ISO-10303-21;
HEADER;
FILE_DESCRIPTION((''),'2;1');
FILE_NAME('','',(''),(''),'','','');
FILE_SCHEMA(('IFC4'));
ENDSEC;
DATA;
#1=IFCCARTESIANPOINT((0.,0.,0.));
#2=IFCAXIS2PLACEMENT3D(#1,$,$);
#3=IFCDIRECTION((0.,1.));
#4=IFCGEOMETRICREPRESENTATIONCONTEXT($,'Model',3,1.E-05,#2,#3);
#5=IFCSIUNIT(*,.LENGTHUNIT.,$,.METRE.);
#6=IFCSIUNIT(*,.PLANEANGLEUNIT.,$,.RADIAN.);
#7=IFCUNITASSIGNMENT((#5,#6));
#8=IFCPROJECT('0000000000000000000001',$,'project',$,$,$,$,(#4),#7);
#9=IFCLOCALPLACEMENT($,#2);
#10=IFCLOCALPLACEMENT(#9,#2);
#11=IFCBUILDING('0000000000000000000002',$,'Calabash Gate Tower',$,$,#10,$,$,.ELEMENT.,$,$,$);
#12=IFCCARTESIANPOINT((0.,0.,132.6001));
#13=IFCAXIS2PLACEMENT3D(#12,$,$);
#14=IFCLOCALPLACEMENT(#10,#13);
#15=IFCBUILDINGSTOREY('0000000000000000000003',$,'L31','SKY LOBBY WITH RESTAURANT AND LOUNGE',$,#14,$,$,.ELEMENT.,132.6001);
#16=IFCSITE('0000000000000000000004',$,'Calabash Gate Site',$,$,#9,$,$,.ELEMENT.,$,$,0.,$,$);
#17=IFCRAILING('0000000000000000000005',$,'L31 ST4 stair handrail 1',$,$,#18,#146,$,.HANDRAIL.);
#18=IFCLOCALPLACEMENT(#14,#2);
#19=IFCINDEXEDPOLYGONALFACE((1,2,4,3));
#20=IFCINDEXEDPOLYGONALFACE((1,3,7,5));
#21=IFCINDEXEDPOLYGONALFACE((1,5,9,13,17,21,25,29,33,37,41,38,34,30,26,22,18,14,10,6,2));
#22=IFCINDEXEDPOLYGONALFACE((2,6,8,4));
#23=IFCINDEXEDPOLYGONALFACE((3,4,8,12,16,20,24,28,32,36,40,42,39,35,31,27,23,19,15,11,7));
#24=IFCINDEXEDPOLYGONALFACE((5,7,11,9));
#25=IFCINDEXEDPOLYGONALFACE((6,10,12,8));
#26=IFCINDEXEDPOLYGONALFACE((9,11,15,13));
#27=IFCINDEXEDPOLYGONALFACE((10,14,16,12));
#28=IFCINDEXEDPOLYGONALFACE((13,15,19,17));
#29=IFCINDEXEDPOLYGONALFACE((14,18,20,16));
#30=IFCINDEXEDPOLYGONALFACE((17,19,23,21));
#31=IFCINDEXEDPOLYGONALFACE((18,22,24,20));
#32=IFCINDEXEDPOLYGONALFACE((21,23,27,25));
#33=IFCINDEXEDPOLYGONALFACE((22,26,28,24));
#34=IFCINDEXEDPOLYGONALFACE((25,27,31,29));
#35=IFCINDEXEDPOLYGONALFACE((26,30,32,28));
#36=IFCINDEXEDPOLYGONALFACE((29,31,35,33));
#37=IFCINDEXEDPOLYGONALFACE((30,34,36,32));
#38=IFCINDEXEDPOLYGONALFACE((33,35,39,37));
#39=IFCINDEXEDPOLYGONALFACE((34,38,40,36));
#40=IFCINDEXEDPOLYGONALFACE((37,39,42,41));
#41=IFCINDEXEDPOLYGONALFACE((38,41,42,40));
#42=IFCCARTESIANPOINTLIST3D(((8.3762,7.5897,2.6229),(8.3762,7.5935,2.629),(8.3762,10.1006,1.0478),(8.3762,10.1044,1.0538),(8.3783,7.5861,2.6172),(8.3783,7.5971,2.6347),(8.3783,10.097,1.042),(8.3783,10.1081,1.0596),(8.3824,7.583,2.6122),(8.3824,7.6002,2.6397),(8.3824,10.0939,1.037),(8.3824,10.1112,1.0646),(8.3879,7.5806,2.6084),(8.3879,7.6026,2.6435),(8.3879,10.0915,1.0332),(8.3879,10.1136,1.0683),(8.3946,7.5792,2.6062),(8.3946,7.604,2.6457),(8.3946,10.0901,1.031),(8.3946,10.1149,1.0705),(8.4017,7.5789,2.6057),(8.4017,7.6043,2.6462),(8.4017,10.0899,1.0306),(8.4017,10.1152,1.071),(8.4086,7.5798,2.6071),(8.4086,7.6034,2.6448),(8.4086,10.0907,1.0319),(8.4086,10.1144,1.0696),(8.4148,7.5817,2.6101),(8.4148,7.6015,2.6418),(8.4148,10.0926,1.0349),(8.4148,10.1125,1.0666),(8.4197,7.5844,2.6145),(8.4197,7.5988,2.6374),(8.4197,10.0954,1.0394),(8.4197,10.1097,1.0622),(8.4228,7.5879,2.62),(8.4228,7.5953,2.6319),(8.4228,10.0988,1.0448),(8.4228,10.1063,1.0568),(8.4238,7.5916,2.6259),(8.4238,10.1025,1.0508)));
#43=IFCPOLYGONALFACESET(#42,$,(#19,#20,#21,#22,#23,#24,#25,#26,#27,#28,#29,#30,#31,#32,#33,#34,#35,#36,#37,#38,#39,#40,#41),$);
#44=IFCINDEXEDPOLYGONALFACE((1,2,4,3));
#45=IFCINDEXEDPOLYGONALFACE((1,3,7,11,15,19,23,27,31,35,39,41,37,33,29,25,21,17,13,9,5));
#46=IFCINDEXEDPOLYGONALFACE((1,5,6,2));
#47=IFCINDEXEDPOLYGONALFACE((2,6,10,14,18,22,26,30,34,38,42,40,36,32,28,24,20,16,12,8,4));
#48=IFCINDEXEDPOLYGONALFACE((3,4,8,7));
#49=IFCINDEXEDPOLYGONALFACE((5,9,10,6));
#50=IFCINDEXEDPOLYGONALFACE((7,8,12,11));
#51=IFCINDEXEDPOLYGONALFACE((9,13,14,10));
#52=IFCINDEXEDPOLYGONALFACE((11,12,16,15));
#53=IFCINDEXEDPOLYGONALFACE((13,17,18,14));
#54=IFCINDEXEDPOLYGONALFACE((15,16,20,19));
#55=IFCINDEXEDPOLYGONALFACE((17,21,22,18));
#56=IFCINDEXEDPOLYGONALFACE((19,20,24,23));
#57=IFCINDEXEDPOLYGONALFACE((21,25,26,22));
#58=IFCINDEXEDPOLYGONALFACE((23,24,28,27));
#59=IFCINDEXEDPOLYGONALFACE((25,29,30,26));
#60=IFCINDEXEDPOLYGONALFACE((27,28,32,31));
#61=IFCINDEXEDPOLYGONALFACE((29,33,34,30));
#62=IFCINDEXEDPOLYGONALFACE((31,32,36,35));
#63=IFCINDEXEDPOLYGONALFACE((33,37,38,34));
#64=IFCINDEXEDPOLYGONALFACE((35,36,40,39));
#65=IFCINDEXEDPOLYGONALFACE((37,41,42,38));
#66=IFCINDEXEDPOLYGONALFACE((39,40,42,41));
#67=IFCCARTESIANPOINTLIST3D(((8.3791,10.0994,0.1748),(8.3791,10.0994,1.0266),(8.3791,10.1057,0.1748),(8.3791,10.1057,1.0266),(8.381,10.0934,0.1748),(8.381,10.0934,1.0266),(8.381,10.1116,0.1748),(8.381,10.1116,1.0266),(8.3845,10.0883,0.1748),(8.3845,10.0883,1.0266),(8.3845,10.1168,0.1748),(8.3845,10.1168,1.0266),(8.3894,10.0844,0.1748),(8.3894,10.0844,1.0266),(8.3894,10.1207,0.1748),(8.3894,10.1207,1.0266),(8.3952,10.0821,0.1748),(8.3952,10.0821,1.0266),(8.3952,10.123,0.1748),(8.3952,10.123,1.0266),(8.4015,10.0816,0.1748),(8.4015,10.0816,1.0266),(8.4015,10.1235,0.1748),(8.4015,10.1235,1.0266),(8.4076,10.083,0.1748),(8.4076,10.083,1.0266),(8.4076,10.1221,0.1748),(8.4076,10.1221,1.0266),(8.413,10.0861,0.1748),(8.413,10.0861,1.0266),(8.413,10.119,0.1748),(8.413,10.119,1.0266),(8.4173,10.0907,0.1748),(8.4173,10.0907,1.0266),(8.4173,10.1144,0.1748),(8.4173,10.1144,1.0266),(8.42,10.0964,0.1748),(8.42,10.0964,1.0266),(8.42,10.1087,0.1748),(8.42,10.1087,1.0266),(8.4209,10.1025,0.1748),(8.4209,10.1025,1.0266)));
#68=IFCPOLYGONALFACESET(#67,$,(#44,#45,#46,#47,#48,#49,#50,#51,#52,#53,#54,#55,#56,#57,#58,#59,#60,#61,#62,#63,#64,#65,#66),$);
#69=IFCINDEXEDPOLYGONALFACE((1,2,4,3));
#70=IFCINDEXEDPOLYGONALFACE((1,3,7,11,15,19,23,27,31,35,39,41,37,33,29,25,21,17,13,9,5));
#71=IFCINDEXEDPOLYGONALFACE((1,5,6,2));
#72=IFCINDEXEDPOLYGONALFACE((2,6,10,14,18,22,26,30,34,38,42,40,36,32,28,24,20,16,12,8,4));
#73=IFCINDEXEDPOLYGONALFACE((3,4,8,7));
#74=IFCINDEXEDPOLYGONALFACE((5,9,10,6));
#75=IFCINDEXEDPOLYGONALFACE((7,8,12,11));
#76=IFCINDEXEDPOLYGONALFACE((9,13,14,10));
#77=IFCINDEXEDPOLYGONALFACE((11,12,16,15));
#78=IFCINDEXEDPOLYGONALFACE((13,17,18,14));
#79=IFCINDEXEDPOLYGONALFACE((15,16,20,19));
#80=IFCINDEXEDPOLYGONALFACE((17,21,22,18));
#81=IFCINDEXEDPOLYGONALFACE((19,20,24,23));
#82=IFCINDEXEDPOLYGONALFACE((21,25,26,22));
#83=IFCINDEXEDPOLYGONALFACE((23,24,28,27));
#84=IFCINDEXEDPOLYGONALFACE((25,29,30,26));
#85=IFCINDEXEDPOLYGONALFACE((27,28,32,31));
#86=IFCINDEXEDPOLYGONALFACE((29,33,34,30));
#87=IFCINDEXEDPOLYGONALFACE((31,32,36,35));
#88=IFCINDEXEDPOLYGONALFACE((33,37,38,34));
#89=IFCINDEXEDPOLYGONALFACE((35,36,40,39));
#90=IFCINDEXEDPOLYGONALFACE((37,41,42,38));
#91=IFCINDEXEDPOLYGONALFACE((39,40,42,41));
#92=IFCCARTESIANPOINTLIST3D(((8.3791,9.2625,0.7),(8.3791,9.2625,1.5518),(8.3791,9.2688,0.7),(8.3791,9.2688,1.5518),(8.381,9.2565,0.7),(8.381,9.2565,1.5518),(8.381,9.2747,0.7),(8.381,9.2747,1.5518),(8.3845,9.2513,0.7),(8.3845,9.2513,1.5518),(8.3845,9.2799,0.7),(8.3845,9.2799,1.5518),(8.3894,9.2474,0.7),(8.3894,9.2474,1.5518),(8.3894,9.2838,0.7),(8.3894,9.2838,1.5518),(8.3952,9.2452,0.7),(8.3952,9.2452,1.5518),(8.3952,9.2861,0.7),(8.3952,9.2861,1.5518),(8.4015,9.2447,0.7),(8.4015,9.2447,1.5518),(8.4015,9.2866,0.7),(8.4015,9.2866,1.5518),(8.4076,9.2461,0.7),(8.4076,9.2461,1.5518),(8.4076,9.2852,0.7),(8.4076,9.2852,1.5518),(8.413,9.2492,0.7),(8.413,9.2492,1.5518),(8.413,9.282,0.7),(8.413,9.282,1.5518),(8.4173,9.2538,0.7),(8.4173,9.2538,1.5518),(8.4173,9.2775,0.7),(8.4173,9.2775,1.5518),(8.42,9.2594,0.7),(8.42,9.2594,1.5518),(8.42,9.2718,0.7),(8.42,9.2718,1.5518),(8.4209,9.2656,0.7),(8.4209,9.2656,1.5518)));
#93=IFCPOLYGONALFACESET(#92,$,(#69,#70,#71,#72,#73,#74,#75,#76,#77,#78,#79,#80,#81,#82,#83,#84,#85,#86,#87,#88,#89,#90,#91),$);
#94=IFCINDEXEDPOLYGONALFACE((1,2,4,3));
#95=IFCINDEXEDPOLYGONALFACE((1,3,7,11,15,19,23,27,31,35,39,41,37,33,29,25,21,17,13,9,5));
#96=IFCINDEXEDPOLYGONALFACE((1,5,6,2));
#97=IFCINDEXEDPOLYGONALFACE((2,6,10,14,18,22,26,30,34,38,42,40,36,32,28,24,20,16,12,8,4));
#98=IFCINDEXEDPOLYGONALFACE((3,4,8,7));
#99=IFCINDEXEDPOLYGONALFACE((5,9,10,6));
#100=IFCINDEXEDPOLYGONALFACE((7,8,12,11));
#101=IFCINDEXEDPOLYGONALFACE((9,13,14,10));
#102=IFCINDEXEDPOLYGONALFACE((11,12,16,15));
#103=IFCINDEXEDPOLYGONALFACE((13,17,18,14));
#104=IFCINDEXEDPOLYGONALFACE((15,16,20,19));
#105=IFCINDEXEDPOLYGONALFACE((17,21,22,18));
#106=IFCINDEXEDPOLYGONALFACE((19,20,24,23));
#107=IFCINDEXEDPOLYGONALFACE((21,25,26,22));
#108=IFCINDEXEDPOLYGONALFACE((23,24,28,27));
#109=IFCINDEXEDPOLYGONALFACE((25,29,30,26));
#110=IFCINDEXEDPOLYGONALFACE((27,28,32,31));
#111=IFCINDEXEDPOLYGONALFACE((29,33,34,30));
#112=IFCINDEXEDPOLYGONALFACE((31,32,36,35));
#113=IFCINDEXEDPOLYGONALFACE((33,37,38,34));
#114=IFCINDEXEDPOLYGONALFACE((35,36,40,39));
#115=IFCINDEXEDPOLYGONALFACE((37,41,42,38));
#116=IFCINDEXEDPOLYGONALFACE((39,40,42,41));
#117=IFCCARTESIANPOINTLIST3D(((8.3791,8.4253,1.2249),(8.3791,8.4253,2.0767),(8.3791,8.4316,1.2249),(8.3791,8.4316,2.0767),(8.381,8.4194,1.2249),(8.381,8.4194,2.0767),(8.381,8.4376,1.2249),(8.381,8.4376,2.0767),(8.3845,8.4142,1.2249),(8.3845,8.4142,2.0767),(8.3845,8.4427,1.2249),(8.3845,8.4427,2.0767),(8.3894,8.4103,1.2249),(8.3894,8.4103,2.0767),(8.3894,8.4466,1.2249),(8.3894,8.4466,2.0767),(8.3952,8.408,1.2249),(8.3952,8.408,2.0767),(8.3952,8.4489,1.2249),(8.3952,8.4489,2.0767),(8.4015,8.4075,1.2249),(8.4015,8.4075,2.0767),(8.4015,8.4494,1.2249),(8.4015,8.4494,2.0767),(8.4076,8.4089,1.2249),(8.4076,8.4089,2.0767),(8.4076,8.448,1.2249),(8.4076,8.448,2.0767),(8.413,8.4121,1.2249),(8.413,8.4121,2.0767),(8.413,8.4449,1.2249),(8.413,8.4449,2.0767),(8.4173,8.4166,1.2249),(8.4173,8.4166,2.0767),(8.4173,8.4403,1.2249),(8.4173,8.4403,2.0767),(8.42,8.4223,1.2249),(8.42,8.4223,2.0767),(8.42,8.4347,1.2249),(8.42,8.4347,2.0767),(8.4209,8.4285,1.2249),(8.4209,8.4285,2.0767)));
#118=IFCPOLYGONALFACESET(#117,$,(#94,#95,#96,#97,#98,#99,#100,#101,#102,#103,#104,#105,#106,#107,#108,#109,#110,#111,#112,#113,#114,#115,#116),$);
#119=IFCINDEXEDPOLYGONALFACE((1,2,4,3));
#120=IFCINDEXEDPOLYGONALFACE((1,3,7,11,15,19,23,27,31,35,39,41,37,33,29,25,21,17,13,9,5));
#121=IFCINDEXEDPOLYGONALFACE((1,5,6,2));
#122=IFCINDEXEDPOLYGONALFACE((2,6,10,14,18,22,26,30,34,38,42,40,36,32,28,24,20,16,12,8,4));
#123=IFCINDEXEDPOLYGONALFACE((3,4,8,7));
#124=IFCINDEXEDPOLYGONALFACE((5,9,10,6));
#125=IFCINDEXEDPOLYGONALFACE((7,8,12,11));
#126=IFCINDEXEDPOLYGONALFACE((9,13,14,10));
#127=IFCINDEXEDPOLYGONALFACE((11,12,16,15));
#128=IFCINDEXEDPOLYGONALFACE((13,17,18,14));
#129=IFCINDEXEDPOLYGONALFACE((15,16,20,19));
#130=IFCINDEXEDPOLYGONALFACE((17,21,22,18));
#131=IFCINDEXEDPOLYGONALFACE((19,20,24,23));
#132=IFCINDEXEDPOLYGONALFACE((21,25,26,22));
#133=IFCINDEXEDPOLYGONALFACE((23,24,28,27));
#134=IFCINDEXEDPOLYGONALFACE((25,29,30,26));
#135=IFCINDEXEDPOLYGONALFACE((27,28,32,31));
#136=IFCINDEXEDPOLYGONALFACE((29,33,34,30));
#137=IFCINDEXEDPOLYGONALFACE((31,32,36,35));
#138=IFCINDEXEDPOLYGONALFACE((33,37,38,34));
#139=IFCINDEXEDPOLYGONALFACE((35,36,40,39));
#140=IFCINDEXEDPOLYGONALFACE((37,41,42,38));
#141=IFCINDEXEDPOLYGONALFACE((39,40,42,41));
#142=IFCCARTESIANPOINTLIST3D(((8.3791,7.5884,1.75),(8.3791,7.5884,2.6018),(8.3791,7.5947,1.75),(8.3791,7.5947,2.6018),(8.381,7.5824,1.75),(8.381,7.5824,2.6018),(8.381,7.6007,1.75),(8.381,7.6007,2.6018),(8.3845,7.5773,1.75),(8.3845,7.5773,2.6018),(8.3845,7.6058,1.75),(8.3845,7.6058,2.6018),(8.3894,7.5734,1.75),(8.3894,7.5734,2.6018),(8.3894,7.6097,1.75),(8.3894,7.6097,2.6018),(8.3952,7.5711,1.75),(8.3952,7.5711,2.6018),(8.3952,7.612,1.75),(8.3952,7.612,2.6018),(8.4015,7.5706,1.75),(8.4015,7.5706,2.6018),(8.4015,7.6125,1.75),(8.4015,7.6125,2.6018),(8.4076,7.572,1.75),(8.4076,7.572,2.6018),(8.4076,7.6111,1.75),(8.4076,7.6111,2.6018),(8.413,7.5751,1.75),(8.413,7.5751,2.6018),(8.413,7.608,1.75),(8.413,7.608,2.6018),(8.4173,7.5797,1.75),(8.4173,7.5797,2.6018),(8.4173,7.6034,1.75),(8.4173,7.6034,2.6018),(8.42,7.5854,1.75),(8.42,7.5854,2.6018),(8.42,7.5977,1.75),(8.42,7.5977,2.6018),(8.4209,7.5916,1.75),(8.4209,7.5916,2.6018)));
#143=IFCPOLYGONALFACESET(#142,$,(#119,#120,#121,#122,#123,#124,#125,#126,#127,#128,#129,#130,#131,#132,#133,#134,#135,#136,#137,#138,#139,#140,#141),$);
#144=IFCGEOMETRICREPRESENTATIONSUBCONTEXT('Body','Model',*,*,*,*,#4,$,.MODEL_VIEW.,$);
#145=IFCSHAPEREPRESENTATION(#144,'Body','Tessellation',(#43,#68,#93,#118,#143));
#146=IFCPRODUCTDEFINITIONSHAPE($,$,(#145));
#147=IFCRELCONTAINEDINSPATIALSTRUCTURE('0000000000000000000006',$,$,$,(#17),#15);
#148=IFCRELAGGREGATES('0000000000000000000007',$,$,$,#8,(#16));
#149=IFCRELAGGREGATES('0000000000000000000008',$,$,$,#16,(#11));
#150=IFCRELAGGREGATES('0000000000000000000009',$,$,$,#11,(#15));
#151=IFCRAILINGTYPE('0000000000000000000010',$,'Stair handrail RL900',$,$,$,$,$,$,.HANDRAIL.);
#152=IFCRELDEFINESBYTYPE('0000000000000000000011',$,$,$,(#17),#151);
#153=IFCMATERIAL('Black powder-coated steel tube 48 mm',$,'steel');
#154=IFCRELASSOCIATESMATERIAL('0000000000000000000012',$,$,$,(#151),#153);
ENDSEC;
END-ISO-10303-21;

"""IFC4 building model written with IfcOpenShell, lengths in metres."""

from ifc_helpers import new_model, si_unit, direction, frame, origin, origin_2d, place, context, subcontext, project, spatial, circle, extrude, material, type_object, element, save


model = new_model("IFC4")

# Units and contexts
model_context = context("Model", 3, precision=1e-05, world=origin(), true_north=direction((0.0, 1.0)))
body_context = subcontext(model_context, "Body", "Model", "MODEL_VIEW")
ifc_project = project(units=[si_unit("LENGTHUNIT", "METRE"), si_unit("PLANEANGLEUNIT", "RADIAN")], contexts=[model_context])

# Site, building, storey
site_placement = place(None, origin())
site = spatial("IfcSite", under=ifc_project, at=site_placement, Name="Calabash Gate Site", CompositionType="ELEMENT", RefElevation=0.0)
building_placement = place(site_placement, origin())
building = spatial("IfcBuilding", under=site, at=building_placement, Name="Calabash Gate Tower", CompositionType="ELEMENT")
storey_placement = place(building_placement, frame((0.0, 0.0, 132.6001)))
storey = spatial("IfcBuildingStorey", under=building, at=storey_placement, Name="L31", Description="SKY LOBBY WITH RESTAURANT AND LOUNGE", CompositionType="ELEMENT", Elevation=132.6001)

# Railing
ifc_material_1 = material(Name="Black powder-coated steel tube 48 mm", Category="steel")
railing_type = type_object("IfcRailingType", Name="Stair handrail RL900", PredefinedType="HANDRAIL", material=ifc_material_1)
railing_placement = place(storey_placement, frame((8.3999, 10.1025, 0.1748)))
element("IfcRailing", 1, at=railing_placement, inside=storey, type_object=railing_type, Name="L31 ST4 stair handrail 1", PredefinedType="HANDRAIL", context=body_context, shape_type="SweptSolid", body=[
    extrude(circle(Radius=0.0239, at=origin_2d()), frame((0.0, 0.0, 0.876), z_axis=(0.0, -0.847113, 0.531412), x_axis=(1.0, 0.0, 0.0)), (0.0, 0.0, 1.0), 2.9641),
    extrude(circle(Radius=0.021, at=origin_2d()), origin(), (0.0, 0.0, 1.0), 0.8518),
    extrude(circle(Radius=0.021, at=origin_2d()), frame((0.0, -0.8369, 0.5251)), (0.0, 0.0, 1.0), 0.8518),
    extrude(circle(Radius=0.021, at=origin_2d()), frame((0.0, -1.6741, 1.05)), (0.0, 0.0, 1.0), 0.8518),
    extrude(circle(Radius=0.021, at=origin_2d()), frame((0.0, -2.511, 1.5752)), (0.0, 0.0, 1.0), 0.8518),
])

save(model, "model.ifc")
